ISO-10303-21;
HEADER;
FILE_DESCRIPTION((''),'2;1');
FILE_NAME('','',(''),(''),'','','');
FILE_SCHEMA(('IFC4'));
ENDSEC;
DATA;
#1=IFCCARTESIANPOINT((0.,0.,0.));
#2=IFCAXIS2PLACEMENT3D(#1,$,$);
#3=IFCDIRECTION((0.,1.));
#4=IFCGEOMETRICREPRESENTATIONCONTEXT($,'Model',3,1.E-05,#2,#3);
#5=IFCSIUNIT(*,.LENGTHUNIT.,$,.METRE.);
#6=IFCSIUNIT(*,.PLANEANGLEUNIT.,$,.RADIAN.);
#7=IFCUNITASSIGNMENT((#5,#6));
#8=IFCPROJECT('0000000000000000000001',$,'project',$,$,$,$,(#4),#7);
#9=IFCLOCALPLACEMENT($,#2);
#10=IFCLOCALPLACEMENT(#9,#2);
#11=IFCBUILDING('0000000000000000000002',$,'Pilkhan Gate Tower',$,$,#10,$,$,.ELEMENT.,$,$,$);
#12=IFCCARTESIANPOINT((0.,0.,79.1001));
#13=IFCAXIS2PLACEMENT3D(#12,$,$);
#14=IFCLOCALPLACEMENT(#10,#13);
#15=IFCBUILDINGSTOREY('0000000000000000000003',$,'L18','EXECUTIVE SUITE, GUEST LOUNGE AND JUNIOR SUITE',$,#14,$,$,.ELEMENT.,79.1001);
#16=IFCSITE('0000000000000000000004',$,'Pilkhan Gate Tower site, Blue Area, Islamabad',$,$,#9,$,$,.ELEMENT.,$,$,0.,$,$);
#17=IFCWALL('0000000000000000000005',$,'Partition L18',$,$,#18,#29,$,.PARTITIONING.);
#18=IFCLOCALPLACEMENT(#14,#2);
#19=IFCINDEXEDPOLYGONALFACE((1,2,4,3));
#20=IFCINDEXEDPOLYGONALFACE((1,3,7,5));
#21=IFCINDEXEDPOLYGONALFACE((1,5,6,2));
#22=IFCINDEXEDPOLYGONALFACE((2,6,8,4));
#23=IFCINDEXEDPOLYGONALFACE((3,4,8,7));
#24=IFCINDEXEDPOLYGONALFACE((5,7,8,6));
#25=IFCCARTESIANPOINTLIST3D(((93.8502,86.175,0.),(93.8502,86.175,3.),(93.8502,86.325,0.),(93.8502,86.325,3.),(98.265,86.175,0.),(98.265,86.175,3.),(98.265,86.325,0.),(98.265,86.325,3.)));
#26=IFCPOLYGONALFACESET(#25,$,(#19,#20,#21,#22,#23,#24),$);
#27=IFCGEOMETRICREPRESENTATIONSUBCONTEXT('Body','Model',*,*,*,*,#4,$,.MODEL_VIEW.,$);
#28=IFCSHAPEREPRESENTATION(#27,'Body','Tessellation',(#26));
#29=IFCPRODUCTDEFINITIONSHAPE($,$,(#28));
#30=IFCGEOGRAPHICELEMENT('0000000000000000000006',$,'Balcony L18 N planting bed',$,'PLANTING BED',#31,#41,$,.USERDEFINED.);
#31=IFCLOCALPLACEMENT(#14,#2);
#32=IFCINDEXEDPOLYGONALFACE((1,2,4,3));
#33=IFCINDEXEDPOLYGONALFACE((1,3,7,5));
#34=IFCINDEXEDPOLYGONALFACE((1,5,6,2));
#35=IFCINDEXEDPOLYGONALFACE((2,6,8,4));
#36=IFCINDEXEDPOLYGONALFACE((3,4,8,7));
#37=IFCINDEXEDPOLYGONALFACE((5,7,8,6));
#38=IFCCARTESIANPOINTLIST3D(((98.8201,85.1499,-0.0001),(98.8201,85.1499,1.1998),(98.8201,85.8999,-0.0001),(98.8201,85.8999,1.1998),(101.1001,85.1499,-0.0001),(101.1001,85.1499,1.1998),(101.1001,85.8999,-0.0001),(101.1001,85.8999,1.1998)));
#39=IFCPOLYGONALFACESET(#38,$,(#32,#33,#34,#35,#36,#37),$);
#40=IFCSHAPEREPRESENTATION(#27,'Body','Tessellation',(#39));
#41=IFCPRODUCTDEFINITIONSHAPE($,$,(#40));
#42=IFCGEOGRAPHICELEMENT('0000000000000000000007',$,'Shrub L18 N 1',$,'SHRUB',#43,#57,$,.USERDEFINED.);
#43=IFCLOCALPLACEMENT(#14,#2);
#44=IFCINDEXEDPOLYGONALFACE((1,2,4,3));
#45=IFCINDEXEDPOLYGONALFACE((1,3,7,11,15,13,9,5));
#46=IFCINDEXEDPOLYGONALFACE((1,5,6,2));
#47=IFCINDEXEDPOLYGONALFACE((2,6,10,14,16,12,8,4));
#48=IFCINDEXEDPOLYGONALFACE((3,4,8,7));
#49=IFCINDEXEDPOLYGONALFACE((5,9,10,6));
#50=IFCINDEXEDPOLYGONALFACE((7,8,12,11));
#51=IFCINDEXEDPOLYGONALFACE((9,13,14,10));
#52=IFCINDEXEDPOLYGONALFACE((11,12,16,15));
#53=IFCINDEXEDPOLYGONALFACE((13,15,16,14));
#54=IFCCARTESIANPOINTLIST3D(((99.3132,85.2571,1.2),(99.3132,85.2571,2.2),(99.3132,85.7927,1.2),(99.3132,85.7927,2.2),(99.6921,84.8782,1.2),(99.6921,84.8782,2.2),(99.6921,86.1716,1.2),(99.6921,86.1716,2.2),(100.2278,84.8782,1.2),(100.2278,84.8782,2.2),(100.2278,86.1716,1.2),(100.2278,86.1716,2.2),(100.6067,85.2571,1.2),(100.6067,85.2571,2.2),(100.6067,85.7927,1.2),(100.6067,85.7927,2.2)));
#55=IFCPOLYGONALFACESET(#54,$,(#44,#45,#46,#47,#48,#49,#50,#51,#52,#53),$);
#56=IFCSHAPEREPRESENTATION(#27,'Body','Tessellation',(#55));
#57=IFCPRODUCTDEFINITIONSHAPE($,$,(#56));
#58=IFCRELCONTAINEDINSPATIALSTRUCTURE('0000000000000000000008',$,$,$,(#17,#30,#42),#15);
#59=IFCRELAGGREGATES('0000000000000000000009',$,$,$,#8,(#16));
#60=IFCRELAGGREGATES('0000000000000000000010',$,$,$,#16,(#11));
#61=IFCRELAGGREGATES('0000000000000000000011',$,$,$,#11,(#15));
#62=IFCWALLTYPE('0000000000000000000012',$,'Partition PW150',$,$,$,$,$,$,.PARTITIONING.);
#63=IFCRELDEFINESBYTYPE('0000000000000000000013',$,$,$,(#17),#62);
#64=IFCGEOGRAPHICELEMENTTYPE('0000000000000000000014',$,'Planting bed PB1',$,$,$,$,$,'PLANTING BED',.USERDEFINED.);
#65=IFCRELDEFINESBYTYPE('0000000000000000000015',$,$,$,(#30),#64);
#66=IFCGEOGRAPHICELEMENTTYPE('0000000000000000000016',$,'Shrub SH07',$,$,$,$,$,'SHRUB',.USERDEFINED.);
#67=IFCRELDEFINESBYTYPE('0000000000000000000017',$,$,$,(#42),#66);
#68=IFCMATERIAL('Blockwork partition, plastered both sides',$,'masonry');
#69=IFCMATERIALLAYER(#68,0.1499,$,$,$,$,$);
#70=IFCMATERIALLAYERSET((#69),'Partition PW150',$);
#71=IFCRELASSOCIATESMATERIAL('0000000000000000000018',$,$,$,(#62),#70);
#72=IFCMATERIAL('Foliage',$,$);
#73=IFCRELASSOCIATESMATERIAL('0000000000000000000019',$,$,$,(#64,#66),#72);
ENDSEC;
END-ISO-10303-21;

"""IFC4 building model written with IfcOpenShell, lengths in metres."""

from ifc_helpers import new_model, si_unit, direction, frame, frame_2d, origin, origin_2d, place, context, subcontext, project, spatial, polyline, rectangle, outline, extrude, material, layer, layer_set, material_profile, profile_set, type_object, element, save


model = new_model("IFC4")

# Units and contexts
model_context = context("Model", 3, precision=1e-05, world=origin(), true_north=direction((0.0, 1.0)))
body_context = subcontext(model_context, "Body", "Model", "MODEL_VIEW")
ifc_project = project(units=[si_unit("LENGTHUNIT", "METRE"), si_unit("PLANEANGLEUNIT", "RADIAN")], contexts=[model_context])

# Site, building, storey
site_placement = place(None, origin())
site = spatial("IfcSite", under=ifc_project, at=site_placement, Name="Pilkhan Gate Tower site, Blue Area, Islamabad", CompositionType="ELEMENT", RefElevation=0.0)
building_placement = place(site_placement, origin())
building = spatial("IfcBuilding", under=site, at=building_placement, Name="Pilkhan Gate Tower", CompositionType="ELEMENT")
storey_placement = place(building_placement, frame((0.0, 0.0, 79.1001)))
storey = spatial("IfcBuildingStorey", under=building, at=storey_placement, Name="L18", Description="EXECUTIVE SUITE, GUEST LOUNGE AND JUNIOR SUITE", CompositionType="ELEMENT", Elevation=79.1001)

# Wall
ifc_material_1 = material(Name="Blockwork partition, plastered both sides", Category="masonry")
ifc_layer_1 = layer(ifc_material_1, 0.1499)
ifc_layer_set_1 = layer_set([ifc_layer_1], Name="Partition PW150")
wall_type_1 = type_object("IfcWallType", Name="Partition PW150", PredefinedType="PARTITIONING", material=ifc_layer_set_1)
wall_1_placement = place(storey_placement, frame((93.8501, 86.25, 0.0), z_axis=(0.0, 0.0, 1.0), x_axis=(1.0, 0.0, 0.0)))
element("IfcWall", 1, at=wall_1_placement, inside=storey, type_object=wall_type_1, Name="Partition L18", PredefinedType="PARTITIONING", context=body_context, shape_type="SweptSolid", body=[
    extrude(rectangle(XDim=4.4148, YDim=0.1499, at=frame_2d((2.2075, 0.0))), origin(), (0.0, 0.0, 1.0), 3.0),
])

# Geographic elements
ifc_material_2 = material(Name="Foliage")
ifc_material_profile_1 = material_profile(ifc_material_2, rectangle(XDim=0.75, YDim=1.2, at=origin_2d()), Name="Bed 750x1200")
ifc_profile_set_1 = profile_set([ifc_material_profile_1], Name="Foliage")
geographic_element_type_1 = type_object("IfcGeographicElementType", Name="Planting bed PB1", ElementType="PLANTING BED", PredefinedType="USERDEFINED", material=ifc_profile_set_1)
geographic_element_1_placement = place(storey_placement, frame((98.8201, 85.5249, 0.5999), z_axis=(1.0, 0.0, 0.0), x_axis=(0.0, 1.0, 0.0)))
element("IfcGeographicElement", 2, at=geographic_element_1_placement, inside=storey, type_object=geographic_element_type_1, Name="Balcony L18 N planting bed", ObjectType="PLANTING BED", PredefinedType="USERDEFINED", context=body_context, shape_type="SweptSolid", body=[
    extrude(rectangle(XDim=0.75, YDim=1.2, at=origin_2d()), origin(), (0.0, 0.0, 1.0), 2.28),
])
ifc_material_profile_2 = material_profile(ifc_material_2, outline(polyline([(0.6467, 0.2678), (0.2678, 0.6467), (-0.2678, 0.6467), (-0.6467, 0.2678), (-0.6467, -0.2678), (-0.2678, -0.6467), (0.2678, -0.6467), (0.6467, -0.2678), (0.6467, 0.2678)])), Name="Shrub D1.4")
ifc_profile_set_2 = profile_set([ifc_material_profile_2], Name="Foliage")
geographic_element_type_2 = type_object("IfcGeographicElementType", Name="Shrub SH07", ElementType="SHRUB", PredefinedType="USERDEFINED", material=ifc_profile_set_2)
geographic_element_2_placement = place(storey_placement, frame((99.96, 85.5249, 1.2), z_axis=(0.0, 0.0, 1.0), x_axis=(1.0, 0.0, 0.0)))
element("IfcGeographicElement", 3, at=geographic_element_2_placement, inside=storey, type_object=geographic_element_type_2, Name="Shrub L18 N 1", ObjectType="SHRUB", PredefinedType="USERDEFINED", context=body_context, shape_type="SweptSolid", body=[
    extrude(outline(polyline([(0.6467, 0.2678), (0.2678, 0.6467), (-0.2678, 0.6467), (-0.6467, 0.2678), (-0.6467, -0.2678), (-0.2678, -0.6467), (0.2678, -0.6467), (0.6467, -0.2678), (0.6467, 0.2678)])), origin(), (0.0, 0.0, 1.0), 1.0),
])

save(model, "model.ifc")
